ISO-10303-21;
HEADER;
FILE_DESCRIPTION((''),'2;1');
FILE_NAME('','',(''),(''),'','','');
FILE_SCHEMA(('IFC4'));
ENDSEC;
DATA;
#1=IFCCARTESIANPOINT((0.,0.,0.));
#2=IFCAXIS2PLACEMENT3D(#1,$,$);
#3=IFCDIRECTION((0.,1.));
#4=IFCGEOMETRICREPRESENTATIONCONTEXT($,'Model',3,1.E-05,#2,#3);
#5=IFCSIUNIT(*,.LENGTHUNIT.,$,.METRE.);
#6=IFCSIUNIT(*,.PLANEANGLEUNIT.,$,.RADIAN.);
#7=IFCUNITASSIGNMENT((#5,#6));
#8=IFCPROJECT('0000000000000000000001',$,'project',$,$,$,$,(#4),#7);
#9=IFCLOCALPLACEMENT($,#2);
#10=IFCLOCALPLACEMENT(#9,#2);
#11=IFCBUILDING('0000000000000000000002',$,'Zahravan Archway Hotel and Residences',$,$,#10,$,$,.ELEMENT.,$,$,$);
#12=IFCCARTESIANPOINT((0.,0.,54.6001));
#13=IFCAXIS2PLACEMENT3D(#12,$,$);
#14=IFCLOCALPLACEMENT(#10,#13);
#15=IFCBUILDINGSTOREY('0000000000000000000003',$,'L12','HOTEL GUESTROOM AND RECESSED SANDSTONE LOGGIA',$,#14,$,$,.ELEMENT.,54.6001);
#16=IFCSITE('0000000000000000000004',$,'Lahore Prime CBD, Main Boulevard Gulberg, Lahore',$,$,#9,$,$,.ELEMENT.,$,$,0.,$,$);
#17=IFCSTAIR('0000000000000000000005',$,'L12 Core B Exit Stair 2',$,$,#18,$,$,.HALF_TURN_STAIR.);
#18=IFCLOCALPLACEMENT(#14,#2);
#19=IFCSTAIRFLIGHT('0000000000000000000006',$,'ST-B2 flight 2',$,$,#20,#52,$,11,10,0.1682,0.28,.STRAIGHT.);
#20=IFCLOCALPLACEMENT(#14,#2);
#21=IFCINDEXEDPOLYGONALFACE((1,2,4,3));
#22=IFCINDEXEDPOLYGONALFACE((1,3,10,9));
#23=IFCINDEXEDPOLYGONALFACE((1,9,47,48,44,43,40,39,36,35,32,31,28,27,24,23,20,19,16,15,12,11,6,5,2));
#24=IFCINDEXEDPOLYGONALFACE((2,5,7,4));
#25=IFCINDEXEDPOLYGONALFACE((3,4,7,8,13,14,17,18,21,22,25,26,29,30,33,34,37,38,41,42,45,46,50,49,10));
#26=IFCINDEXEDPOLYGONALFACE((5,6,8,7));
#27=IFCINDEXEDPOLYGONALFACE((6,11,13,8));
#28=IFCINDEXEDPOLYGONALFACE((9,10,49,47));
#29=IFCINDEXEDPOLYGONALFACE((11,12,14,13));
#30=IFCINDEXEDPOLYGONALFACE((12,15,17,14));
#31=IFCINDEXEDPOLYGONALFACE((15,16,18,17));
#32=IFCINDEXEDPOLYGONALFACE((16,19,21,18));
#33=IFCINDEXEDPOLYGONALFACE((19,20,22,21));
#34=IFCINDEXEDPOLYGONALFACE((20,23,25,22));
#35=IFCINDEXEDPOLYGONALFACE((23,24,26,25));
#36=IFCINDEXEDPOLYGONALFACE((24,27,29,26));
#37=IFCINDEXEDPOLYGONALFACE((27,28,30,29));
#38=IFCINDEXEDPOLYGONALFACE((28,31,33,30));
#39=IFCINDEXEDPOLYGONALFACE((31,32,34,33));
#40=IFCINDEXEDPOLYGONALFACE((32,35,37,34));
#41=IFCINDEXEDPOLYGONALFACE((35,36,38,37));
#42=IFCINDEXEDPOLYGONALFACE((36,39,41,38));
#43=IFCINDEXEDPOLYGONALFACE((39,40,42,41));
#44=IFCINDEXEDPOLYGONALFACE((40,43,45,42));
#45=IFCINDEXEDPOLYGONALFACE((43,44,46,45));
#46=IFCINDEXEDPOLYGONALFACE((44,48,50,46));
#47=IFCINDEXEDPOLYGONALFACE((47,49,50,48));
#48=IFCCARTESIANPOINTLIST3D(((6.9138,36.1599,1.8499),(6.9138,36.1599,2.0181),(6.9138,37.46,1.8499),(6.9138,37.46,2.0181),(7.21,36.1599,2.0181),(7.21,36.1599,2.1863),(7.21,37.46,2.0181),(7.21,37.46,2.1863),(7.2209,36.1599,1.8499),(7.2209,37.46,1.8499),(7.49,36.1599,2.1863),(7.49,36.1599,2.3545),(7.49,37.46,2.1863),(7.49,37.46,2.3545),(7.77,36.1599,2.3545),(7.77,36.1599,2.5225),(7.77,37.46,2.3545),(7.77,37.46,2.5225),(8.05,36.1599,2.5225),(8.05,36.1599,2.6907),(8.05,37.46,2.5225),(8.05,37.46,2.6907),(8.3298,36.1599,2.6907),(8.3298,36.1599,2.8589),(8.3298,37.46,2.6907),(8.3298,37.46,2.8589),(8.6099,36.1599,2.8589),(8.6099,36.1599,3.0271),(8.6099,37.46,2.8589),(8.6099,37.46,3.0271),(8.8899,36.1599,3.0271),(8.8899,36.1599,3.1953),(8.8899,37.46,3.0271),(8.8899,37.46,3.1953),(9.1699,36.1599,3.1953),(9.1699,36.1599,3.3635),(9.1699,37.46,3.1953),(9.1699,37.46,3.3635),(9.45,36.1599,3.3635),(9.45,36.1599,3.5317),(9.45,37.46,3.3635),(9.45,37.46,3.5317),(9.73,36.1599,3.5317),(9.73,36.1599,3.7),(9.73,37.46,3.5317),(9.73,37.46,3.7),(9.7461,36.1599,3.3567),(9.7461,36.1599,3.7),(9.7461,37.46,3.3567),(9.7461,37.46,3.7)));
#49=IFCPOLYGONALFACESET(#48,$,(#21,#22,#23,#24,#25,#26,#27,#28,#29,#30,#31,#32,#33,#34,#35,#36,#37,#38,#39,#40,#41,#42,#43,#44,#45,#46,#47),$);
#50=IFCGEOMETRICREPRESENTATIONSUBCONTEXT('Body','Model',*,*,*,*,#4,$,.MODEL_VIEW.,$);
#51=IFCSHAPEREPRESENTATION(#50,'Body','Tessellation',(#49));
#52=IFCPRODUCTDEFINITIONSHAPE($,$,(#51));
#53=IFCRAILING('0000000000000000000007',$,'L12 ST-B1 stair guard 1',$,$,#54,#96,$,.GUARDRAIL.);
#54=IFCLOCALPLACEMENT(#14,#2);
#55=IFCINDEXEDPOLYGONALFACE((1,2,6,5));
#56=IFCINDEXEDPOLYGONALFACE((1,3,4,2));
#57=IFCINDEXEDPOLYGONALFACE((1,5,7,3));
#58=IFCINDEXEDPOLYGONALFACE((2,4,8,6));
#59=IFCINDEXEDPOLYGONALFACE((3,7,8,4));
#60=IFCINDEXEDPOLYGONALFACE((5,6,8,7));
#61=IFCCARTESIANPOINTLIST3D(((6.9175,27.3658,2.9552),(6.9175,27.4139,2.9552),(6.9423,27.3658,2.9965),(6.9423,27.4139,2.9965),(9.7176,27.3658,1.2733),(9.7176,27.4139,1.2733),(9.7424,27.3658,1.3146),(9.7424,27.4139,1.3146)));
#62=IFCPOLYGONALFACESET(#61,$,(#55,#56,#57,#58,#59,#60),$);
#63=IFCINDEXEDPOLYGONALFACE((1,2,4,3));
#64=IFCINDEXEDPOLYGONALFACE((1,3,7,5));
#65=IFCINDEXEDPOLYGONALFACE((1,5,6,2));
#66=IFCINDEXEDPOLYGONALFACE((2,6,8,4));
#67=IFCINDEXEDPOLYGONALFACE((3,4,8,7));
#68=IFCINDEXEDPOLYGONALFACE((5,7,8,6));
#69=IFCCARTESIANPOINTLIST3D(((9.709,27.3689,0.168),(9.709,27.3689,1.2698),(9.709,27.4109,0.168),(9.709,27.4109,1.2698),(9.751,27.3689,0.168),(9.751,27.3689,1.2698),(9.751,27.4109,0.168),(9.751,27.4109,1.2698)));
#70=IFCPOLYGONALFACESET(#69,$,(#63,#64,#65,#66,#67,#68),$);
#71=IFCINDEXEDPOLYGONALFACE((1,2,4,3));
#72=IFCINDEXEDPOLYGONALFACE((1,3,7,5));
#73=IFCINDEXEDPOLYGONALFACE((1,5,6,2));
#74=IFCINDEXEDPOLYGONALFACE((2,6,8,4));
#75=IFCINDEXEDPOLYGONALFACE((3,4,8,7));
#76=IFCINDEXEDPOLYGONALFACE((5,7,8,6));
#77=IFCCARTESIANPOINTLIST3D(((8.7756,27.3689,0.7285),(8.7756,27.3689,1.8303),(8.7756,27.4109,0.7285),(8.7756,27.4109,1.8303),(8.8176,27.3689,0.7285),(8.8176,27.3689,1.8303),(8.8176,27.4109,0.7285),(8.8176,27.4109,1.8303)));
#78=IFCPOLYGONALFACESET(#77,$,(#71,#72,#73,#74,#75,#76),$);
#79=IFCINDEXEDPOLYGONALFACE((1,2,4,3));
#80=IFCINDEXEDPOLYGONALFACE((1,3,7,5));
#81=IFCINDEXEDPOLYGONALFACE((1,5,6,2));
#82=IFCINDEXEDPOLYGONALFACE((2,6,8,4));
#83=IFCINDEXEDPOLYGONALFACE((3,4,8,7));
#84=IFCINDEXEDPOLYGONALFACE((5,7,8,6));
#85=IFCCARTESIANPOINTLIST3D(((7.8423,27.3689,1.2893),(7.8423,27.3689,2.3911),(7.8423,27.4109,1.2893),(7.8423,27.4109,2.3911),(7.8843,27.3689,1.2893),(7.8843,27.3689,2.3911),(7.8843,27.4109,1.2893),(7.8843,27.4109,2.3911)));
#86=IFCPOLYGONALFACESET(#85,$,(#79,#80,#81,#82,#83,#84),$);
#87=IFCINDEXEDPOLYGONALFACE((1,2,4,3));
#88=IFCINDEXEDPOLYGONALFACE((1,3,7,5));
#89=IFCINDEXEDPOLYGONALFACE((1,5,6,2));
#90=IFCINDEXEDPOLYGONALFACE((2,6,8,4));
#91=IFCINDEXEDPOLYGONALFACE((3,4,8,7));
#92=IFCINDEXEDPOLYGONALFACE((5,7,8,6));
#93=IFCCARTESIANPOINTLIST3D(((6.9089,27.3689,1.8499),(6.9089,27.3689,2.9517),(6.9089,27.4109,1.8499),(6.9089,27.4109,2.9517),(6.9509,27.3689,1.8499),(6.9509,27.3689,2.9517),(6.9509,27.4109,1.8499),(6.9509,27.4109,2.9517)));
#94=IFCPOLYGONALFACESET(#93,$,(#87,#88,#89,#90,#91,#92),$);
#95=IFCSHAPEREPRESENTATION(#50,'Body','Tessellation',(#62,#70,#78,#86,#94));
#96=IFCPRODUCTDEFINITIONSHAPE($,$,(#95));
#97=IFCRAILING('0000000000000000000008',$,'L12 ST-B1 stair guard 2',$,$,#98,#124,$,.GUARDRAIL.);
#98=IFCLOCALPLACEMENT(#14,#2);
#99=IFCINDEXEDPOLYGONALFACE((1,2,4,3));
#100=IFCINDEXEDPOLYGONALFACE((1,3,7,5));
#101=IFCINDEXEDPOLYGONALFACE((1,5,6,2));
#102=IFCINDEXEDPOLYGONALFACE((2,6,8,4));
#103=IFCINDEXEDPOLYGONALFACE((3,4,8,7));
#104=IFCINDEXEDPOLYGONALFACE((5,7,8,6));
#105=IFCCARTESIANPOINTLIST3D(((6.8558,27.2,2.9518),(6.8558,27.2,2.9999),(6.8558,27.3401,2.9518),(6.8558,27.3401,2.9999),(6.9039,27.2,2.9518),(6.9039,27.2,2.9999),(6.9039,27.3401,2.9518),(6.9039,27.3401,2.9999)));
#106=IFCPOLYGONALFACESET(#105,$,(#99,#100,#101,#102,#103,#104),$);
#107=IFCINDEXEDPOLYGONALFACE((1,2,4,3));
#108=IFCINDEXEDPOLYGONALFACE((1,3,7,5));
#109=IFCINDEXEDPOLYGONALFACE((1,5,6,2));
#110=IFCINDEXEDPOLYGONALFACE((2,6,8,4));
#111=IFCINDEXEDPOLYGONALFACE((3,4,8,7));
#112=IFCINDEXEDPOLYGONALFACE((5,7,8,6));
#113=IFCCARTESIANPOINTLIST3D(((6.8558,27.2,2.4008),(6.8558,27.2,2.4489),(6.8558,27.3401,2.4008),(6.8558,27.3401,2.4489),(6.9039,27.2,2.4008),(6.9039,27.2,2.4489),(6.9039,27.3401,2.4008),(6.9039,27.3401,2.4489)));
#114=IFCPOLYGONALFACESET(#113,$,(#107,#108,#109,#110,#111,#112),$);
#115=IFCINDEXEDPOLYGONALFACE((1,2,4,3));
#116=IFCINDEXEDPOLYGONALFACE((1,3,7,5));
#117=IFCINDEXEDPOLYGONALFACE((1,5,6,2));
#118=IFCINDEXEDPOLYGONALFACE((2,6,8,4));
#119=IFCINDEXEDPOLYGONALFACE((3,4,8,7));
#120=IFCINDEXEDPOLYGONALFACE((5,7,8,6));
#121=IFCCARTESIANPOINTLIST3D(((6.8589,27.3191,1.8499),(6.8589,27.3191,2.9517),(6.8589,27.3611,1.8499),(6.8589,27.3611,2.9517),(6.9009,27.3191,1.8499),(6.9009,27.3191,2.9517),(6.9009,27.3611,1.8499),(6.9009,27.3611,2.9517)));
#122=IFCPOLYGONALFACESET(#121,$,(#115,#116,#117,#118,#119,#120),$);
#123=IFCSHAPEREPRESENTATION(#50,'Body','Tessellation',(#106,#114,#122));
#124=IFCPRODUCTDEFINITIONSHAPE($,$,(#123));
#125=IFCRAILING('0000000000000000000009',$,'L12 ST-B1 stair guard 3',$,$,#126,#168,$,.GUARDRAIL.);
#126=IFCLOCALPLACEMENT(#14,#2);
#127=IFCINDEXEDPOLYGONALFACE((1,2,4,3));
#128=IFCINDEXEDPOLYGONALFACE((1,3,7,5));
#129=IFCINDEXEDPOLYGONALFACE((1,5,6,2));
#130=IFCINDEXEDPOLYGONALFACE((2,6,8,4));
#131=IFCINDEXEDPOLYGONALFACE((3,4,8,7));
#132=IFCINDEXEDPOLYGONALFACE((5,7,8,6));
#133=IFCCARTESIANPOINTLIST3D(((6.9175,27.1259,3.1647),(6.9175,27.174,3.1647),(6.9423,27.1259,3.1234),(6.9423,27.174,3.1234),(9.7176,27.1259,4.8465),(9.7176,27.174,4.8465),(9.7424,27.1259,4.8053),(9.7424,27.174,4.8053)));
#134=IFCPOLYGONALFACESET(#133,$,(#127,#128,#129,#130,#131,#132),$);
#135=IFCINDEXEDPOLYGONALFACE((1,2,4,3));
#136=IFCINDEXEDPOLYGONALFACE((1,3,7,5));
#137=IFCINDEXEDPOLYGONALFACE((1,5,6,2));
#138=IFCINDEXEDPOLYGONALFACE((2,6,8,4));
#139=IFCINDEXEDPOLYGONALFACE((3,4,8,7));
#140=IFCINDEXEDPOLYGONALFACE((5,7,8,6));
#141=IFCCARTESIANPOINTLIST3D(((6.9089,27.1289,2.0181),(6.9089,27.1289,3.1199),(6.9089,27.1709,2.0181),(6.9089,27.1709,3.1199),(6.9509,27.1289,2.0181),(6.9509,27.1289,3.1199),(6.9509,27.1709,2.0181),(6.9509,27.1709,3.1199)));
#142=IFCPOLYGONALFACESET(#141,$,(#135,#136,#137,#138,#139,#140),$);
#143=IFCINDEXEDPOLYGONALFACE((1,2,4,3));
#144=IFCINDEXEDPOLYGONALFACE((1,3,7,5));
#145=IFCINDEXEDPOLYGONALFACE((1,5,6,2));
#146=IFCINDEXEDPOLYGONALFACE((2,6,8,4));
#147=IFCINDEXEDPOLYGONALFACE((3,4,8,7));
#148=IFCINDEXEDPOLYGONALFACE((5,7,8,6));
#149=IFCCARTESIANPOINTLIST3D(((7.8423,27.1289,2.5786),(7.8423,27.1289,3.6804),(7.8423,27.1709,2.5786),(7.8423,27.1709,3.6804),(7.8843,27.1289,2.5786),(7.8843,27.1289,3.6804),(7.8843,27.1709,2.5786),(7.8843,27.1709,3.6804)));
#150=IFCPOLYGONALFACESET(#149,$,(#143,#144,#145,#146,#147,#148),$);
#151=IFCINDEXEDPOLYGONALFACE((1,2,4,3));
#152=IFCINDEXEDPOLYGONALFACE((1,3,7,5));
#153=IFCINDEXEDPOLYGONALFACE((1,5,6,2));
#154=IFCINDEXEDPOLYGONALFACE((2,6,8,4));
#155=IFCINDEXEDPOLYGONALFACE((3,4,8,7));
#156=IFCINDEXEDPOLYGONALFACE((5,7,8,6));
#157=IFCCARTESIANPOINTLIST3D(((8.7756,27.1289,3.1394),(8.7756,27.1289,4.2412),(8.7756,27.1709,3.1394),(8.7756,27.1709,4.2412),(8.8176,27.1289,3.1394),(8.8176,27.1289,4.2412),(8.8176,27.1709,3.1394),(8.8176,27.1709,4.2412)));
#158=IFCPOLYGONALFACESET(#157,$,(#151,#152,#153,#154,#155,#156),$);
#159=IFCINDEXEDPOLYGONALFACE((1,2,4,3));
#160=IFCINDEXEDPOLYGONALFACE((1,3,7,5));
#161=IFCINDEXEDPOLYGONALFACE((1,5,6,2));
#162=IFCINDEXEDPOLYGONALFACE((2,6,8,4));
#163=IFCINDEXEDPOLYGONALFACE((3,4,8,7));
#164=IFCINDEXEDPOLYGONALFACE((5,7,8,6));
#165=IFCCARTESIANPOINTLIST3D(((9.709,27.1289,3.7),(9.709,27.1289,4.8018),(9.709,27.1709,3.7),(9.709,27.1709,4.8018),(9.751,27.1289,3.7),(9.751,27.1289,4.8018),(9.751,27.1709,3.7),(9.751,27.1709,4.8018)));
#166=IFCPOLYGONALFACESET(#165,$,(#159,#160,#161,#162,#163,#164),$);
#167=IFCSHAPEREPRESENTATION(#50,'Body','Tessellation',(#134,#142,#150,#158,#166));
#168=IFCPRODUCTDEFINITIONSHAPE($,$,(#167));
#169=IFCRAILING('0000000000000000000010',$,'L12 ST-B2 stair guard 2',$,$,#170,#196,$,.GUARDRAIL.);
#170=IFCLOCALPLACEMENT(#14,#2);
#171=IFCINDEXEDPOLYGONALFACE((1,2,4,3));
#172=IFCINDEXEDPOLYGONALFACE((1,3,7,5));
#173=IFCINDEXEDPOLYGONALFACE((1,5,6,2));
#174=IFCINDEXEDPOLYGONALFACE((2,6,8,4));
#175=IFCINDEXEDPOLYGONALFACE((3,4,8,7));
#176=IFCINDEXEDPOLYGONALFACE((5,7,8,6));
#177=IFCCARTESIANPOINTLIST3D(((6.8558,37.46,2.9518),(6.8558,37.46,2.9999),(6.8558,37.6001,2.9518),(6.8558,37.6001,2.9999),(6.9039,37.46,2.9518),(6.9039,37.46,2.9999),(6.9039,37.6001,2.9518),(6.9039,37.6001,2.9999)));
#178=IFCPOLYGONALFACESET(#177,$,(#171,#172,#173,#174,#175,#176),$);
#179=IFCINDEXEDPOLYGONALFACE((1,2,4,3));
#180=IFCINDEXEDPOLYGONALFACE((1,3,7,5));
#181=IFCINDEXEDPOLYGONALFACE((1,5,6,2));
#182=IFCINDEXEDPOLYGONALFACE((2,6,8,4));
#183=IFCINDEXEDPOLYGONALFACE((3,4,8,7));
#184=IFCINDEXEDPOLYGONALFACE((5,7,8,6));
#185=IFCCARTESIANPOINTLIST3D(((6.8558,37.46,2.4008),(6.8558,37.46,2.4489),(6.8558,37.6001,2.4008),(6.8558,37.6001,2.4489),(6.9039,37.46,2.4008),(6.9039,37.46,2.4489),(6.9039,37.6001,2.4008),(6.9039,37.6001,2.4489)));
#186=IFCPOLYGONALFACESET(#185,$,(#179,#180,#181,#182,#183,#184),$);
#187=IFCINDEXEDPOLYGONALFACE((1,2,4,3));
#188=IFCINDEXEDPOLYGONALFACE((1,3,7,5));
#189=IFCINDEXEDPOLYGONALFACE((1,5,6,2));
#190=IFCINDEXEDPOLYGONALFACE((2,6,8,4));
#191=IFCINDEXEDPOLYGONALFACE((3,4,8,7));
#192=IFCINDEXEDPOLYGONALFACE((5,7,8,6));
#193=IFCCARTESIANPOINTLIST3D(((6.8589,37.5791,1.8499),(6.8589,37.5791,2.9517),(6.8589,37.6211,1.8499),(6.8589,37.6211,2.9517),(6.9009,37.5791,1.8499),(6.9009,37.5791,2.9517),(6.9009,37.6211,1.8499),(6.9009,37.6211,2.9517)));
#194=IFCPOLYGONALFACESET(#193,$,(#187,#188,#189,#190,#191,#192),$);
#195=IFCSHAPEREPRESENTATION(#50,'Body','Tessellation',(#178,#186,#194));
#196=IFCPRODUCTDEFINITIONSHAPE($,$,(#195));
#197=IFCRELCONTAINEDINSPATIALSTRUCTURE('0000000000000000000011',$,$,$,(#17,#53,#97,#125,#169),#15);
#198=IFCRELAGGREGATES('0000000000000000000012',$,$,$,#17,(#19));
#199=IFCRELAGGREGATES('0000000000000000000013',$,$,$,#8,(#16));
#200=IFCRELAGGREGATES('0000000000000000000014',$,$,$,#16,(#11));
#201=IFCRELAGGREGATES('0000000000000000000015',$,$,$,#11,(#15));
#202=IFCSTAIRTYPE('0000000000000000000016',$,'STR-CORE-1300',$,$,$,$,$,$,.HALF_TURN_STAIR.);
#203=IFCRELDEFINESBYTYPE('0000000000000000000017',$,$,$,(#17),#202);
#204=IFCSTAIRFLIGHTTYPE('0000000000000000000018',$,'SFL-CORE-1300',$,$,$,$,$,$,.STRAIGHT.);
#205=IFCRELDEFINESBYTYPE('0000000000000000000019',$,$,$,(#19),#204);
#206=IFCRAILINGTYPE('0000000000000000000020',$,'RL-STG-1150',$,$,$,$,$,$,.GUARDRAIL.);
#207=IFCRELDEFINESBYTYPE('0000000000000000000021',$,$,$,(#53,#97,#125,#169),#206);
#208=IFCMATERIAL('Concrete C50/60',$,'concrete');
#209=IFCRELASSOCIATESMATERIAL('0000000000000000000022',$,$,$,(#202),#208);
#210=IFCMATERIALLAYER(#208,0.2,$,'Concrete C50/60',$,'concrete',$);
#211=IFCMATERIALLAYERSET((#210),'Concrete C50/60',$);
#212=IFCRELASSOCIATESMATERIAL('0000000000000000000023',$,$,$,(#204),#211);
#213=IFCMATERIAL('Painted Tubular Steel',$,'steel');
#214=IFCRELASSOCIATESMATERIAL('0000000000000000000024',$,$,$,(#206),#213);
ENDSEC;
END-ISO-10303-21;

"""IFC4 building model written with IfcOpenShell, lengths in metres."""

from ifc_helpers import new_model, si_unit, direction, frame, origin, origin_2d, place, context, subcontext, project, spatial, polyline, rectangle, outline, extrude, source, transform, mapped, material, layer, layer_set, type_object, element, aggregate, save


model = new_model("IFC4")

# Units and contexts
model_context = context("Model", 3, precision=1e-05, world=origin(), true_north=direction((0.0, 1.0)))
body_context = subcontext(model_context, "Body", "Model", "MODEL_VIEW")
ifc_project = project(units=[si_unit("LENGTHUNIT", "METRE"), si_unit("PLANEANGLEUNIT", "RADIAN")], contexts=[model_context])

# Site, building, storey
site_placement = place(None, origin())
site = spatial("IfcSite", under=ifc_project, at=site_placement, Name="Lahore Prime CBD, Main Boulevard Gulberg, Lahore", CompositionType="ELEMENT", RefElevation=0.0)
building_placement = place(site_placement, origin())
building = spatial("IfcBuilding", under=site, at=building_placement, Name="Zahravan Archway Hotel and Residences", CompositionType="ELEMENT")
storey_placement = place(building_placement, frame((0.0, 0.0, 54.6001)))
storey = spatial("IfcBuildingStorey", under=building, at=storey_placement, Name="L12", Description="HOTEL GUESTROOM AND RECESSED SANDSTONE LOGGIA", CompositionType="ELEMENT", Elevation=54.6001)

# Shared definitions
ifc_material_1 = material(Name="Concrete C50/60", Category="concrete")

# Shared definitions
stair_type = type_object("IfcStairType", Name="STR-CORE-1300", PredefinedType="HALF_TURN_STAIR", material=ifc_material_1)
ifc_layer_1 = layer(ifc_material_1, 0.2, Name="Concrete C50/60", Category="concrete")
ifc_layer_set_1 = layer_set([ifc_layer_1], Name="Concrete C50/60")
stair_flight_type = type_object("IfcStairFlightType", Name="SFL-CORE-1300", PredefinedType="STRAIGHT", material=ifc_layer_set_1)
shared_shape_1 = source(origin(), body_context, "Body", "SweptSolid", [
    extrude(outline(polyline([(-0.0161, 0.0), (-0.0161, 0.1682), (0.28, 0.1682), (0.28, 0.3364), (0.5601, 0.3364), (0.5601, 0.5046), (0.8401, 0.5046), (0.8401, 0.6726), (1.1201, 0.6726), (1.1201, 0.8408), (1.3999, 0.8408), (1.3999, 1.009), (1.6799, 1.009), (1.6799, 1.1772), (1.96, 1.1772), (1.96, 1.3455), (2.24, 1.3455), (2.24, 1.5137), (2.52, 1.5137), (2.52, 1.6819), (2.8, 1.6819), (2.8, 1.8501), (2.8162, 1.8501), (2.8162, 1.5068), (0.291, 0.0), (-0.0161, 0.0)])), frame((0.0, 0.6499, 0.0), z_axis=(0.0, -1.0, 0.0), x_axis=(1.0, 0.0, 0.0)), (0.0, 0.0, 1.0), 1.3),
])

# Stair, stair flight
stair_1_placement = place(storey_placement, origin())
stair_1 = element("IfcStair", 1, at=stair_1_placement, inside=storey, type_object=stair_type, Name="L12 Core B Exit Stair 2", PredefinedType="HALF_TURN_STAIR")
stair_flight_1_placement = place(storey_placement, frame((6.9299, 36.8101, 1.8499), z_axis=(0.0, 0.0, 1.0), x_axis=(1.0, 0.0, 0.0)))
stair_flight_1 = element("IfcStairFlight", 2, at=stair_flight_1_placement, type_object=stair_flight_type, Name="ST-B2 flight 2", NumberOfRisers=11, NumberOfTreads=10, PredefinedType="STRAIGHT", RiserHeight=0.1682, TreadLength=0.28, context=body_context, shape_type="MappedRepresentation", body=[
    mapped(shared_shape_1, transform((0.0, 0.0, 0.0), scale=1.0)),
])
aggregate(stair_1, [stair_flight_1])

# Railings
ifc_material_2 = material(Name="Painted Tubular Steel", Category="steel")
railing_type_1 = type_object("IfcRailingType", Name="RL-STG-1150", PredefinedType="GUARDRAIL", material=ifc_material_2)
railing_1_placement = place(storey_placement, frame((9.73, 27.3899, 0.168)))
element("IfcRailing", 3, at=railing_1_placement, inside=storey, type_object=railing_type_1, Name="L12 ST-B1 stair guard 1", PredefinedType="GUARDRAIL", context=body_context, shape_type="SweptSolid", body=[
    extrude(rectangle(XDim=0.0481, YDim=0.0481, at=origin_2d()), frame((0.0, 0.0, 1.126), z_axis=(-0.857242, 0.0, 0.514913), x_axis=(0.0, -1.0, 0.0)), (0.0, 0.0, 1.0), 3.2664),
    extrude(rectangle(XDim=0.042, YDim=0.042, at=origin_2d()), origin(), (0.0, 0.0, 1.0), 1.1018),
    extrude(rectangle(XDim=0.042, YDim=0.042, at=origin_2d()), frame((-0.9333, 0.0, 0.5605)), (0.0, 0.0, 1.0), 1.1018),
    extrude(rectangle(XDim=0.042, YDim=0.042, at=origin_2d()), frame((-1.8667, 0.0, 1.1213)), (0.0, 0.0, 1.0), 1.1018),
    extrude(rectangle(XDim=0.042, YDim=0.042, at=origin_2d()), frame((-2.8, 0.0, 1.6819)), (0.0, 0.0, 1.0), 1.1018),
])
railing_2_placement = place(storey_placement, frame((6.8799, 27.3401, 1.8499)))
element("IfcRailing", 4, at=railing_2_placement, inside=storey, type_object=railing_type_1, Name="L12 ST-B1 stair guard 2", PredefinedType="GUARDRAIL", context=body_context, shape_type="SweptSolid", body=[
    extrude(rectangle(XDim=0.0481, YDim=0.0481, at=origin_2d()), frame((0.0, 0.0, 1.126), z_axis=(0.0, -1.0, 0.0), x_axis=(1.0, 0.0, 0.0)), (0.0, 0.0, 1.0), 0.1401),
    extrude(rectangle(XDim=0.0481, YDim=0.0481, at=origin_2d()), frame((0.0, 0.0, 0.575), z_axis=(0.0, -1.0, 0.0), x_axis=(1.0, 0.0, 0.0)), (0.0, 0.0, 1.0), 0.1401),
    extrude(rectangle(XDim=0.042, YDim=0.042, at=origin_2d()), origin(), (0.0, 0.0, 1.0), 1.1018),
])
railing_3_placement = place(storey_placement, frame((6.9299, 27.1499, 2.0181)))
element("IfcRailing", 5, at=railing_3_placement, inside=storey, type_object=railing_type_1, Name="L12 ST-B1 stair guard 3", PredefinedType="GUARDRAIL", context=body_context, shape_type="SweptSolid", body=[
    extrude(rectangle(XDim=0.0481, YDim=0.0481, at=origin_2d()), frame((0.0, 0.0, 1.126), z_axis=(0.857242, 0.0, 0.514913), x_axis=(0.0, 1.0, 0.0)), (0.0, 0.0, 1.0), 3.2664),
    extrude(rectangle(XDim=0.042, YDim=0.042, at=origin_2d()), origin(), (0.0, 0.0, 1.0), 1.1018),
    extrude(rectangle(XDim=0.042, YDim=0.042, at=origin_2d()), frame((0.9333, 0.0, 0.5605)), (0.0, 0.0, 1.0), 1.1018),
    extrude(rectangle(XDim=0.042, YDim=0.042, at=origin_2d()), frame((1.8667, 0.0, 1.1213)), (0.0, 0.0, 1.0), 1.1018),
    extrude(rectangle(XDim=0.042, YDim=0.042, at=origin_2d()), frame((2.8, 0.0, 1.6819)), (0.0, 0.0, 1.0), 1.1018),
])
railing_4_placement = place(storey_placement, frame((6.8799, 37.6001, 1.8499)))
element("IfcRailing", 6, at=railing_4_placement, inside=storey, type_object=railing_type_1, Name="L12 ST-B2 stair guard 2", PredefinedType="GUARDRAIL", context=body_context, shape_type="SweptSolid", body=[
    extrude(rectangle(XDim=0.0481, YDim=0.0481, at=origin_2d()), frame((0.0, 0.0, 1.126), z_axis=(0.0, -1.0, 0.0), x_axis=(1.0, 0.0, 0.0)), (0.0, 0.0, 1.0), 0.1401),
    extrude(rectangle(XDim=0.0481, YDim=0.0481, at=origin_2d()), frame((0.0, 0.0, 0.575), z_axis=(0.0, -1.0, 0.0), x_axis=(1.0, 0.0, 0.0)), (0.0, 0.0, 1.0), 0.1401),
    extrude(rectangle(XDim=0.042, YDim=0.042, at=origin_2d()), origin(), (0.0, 0.0, 1.0), 1.1018),
])

save(model, "model.ifc")
